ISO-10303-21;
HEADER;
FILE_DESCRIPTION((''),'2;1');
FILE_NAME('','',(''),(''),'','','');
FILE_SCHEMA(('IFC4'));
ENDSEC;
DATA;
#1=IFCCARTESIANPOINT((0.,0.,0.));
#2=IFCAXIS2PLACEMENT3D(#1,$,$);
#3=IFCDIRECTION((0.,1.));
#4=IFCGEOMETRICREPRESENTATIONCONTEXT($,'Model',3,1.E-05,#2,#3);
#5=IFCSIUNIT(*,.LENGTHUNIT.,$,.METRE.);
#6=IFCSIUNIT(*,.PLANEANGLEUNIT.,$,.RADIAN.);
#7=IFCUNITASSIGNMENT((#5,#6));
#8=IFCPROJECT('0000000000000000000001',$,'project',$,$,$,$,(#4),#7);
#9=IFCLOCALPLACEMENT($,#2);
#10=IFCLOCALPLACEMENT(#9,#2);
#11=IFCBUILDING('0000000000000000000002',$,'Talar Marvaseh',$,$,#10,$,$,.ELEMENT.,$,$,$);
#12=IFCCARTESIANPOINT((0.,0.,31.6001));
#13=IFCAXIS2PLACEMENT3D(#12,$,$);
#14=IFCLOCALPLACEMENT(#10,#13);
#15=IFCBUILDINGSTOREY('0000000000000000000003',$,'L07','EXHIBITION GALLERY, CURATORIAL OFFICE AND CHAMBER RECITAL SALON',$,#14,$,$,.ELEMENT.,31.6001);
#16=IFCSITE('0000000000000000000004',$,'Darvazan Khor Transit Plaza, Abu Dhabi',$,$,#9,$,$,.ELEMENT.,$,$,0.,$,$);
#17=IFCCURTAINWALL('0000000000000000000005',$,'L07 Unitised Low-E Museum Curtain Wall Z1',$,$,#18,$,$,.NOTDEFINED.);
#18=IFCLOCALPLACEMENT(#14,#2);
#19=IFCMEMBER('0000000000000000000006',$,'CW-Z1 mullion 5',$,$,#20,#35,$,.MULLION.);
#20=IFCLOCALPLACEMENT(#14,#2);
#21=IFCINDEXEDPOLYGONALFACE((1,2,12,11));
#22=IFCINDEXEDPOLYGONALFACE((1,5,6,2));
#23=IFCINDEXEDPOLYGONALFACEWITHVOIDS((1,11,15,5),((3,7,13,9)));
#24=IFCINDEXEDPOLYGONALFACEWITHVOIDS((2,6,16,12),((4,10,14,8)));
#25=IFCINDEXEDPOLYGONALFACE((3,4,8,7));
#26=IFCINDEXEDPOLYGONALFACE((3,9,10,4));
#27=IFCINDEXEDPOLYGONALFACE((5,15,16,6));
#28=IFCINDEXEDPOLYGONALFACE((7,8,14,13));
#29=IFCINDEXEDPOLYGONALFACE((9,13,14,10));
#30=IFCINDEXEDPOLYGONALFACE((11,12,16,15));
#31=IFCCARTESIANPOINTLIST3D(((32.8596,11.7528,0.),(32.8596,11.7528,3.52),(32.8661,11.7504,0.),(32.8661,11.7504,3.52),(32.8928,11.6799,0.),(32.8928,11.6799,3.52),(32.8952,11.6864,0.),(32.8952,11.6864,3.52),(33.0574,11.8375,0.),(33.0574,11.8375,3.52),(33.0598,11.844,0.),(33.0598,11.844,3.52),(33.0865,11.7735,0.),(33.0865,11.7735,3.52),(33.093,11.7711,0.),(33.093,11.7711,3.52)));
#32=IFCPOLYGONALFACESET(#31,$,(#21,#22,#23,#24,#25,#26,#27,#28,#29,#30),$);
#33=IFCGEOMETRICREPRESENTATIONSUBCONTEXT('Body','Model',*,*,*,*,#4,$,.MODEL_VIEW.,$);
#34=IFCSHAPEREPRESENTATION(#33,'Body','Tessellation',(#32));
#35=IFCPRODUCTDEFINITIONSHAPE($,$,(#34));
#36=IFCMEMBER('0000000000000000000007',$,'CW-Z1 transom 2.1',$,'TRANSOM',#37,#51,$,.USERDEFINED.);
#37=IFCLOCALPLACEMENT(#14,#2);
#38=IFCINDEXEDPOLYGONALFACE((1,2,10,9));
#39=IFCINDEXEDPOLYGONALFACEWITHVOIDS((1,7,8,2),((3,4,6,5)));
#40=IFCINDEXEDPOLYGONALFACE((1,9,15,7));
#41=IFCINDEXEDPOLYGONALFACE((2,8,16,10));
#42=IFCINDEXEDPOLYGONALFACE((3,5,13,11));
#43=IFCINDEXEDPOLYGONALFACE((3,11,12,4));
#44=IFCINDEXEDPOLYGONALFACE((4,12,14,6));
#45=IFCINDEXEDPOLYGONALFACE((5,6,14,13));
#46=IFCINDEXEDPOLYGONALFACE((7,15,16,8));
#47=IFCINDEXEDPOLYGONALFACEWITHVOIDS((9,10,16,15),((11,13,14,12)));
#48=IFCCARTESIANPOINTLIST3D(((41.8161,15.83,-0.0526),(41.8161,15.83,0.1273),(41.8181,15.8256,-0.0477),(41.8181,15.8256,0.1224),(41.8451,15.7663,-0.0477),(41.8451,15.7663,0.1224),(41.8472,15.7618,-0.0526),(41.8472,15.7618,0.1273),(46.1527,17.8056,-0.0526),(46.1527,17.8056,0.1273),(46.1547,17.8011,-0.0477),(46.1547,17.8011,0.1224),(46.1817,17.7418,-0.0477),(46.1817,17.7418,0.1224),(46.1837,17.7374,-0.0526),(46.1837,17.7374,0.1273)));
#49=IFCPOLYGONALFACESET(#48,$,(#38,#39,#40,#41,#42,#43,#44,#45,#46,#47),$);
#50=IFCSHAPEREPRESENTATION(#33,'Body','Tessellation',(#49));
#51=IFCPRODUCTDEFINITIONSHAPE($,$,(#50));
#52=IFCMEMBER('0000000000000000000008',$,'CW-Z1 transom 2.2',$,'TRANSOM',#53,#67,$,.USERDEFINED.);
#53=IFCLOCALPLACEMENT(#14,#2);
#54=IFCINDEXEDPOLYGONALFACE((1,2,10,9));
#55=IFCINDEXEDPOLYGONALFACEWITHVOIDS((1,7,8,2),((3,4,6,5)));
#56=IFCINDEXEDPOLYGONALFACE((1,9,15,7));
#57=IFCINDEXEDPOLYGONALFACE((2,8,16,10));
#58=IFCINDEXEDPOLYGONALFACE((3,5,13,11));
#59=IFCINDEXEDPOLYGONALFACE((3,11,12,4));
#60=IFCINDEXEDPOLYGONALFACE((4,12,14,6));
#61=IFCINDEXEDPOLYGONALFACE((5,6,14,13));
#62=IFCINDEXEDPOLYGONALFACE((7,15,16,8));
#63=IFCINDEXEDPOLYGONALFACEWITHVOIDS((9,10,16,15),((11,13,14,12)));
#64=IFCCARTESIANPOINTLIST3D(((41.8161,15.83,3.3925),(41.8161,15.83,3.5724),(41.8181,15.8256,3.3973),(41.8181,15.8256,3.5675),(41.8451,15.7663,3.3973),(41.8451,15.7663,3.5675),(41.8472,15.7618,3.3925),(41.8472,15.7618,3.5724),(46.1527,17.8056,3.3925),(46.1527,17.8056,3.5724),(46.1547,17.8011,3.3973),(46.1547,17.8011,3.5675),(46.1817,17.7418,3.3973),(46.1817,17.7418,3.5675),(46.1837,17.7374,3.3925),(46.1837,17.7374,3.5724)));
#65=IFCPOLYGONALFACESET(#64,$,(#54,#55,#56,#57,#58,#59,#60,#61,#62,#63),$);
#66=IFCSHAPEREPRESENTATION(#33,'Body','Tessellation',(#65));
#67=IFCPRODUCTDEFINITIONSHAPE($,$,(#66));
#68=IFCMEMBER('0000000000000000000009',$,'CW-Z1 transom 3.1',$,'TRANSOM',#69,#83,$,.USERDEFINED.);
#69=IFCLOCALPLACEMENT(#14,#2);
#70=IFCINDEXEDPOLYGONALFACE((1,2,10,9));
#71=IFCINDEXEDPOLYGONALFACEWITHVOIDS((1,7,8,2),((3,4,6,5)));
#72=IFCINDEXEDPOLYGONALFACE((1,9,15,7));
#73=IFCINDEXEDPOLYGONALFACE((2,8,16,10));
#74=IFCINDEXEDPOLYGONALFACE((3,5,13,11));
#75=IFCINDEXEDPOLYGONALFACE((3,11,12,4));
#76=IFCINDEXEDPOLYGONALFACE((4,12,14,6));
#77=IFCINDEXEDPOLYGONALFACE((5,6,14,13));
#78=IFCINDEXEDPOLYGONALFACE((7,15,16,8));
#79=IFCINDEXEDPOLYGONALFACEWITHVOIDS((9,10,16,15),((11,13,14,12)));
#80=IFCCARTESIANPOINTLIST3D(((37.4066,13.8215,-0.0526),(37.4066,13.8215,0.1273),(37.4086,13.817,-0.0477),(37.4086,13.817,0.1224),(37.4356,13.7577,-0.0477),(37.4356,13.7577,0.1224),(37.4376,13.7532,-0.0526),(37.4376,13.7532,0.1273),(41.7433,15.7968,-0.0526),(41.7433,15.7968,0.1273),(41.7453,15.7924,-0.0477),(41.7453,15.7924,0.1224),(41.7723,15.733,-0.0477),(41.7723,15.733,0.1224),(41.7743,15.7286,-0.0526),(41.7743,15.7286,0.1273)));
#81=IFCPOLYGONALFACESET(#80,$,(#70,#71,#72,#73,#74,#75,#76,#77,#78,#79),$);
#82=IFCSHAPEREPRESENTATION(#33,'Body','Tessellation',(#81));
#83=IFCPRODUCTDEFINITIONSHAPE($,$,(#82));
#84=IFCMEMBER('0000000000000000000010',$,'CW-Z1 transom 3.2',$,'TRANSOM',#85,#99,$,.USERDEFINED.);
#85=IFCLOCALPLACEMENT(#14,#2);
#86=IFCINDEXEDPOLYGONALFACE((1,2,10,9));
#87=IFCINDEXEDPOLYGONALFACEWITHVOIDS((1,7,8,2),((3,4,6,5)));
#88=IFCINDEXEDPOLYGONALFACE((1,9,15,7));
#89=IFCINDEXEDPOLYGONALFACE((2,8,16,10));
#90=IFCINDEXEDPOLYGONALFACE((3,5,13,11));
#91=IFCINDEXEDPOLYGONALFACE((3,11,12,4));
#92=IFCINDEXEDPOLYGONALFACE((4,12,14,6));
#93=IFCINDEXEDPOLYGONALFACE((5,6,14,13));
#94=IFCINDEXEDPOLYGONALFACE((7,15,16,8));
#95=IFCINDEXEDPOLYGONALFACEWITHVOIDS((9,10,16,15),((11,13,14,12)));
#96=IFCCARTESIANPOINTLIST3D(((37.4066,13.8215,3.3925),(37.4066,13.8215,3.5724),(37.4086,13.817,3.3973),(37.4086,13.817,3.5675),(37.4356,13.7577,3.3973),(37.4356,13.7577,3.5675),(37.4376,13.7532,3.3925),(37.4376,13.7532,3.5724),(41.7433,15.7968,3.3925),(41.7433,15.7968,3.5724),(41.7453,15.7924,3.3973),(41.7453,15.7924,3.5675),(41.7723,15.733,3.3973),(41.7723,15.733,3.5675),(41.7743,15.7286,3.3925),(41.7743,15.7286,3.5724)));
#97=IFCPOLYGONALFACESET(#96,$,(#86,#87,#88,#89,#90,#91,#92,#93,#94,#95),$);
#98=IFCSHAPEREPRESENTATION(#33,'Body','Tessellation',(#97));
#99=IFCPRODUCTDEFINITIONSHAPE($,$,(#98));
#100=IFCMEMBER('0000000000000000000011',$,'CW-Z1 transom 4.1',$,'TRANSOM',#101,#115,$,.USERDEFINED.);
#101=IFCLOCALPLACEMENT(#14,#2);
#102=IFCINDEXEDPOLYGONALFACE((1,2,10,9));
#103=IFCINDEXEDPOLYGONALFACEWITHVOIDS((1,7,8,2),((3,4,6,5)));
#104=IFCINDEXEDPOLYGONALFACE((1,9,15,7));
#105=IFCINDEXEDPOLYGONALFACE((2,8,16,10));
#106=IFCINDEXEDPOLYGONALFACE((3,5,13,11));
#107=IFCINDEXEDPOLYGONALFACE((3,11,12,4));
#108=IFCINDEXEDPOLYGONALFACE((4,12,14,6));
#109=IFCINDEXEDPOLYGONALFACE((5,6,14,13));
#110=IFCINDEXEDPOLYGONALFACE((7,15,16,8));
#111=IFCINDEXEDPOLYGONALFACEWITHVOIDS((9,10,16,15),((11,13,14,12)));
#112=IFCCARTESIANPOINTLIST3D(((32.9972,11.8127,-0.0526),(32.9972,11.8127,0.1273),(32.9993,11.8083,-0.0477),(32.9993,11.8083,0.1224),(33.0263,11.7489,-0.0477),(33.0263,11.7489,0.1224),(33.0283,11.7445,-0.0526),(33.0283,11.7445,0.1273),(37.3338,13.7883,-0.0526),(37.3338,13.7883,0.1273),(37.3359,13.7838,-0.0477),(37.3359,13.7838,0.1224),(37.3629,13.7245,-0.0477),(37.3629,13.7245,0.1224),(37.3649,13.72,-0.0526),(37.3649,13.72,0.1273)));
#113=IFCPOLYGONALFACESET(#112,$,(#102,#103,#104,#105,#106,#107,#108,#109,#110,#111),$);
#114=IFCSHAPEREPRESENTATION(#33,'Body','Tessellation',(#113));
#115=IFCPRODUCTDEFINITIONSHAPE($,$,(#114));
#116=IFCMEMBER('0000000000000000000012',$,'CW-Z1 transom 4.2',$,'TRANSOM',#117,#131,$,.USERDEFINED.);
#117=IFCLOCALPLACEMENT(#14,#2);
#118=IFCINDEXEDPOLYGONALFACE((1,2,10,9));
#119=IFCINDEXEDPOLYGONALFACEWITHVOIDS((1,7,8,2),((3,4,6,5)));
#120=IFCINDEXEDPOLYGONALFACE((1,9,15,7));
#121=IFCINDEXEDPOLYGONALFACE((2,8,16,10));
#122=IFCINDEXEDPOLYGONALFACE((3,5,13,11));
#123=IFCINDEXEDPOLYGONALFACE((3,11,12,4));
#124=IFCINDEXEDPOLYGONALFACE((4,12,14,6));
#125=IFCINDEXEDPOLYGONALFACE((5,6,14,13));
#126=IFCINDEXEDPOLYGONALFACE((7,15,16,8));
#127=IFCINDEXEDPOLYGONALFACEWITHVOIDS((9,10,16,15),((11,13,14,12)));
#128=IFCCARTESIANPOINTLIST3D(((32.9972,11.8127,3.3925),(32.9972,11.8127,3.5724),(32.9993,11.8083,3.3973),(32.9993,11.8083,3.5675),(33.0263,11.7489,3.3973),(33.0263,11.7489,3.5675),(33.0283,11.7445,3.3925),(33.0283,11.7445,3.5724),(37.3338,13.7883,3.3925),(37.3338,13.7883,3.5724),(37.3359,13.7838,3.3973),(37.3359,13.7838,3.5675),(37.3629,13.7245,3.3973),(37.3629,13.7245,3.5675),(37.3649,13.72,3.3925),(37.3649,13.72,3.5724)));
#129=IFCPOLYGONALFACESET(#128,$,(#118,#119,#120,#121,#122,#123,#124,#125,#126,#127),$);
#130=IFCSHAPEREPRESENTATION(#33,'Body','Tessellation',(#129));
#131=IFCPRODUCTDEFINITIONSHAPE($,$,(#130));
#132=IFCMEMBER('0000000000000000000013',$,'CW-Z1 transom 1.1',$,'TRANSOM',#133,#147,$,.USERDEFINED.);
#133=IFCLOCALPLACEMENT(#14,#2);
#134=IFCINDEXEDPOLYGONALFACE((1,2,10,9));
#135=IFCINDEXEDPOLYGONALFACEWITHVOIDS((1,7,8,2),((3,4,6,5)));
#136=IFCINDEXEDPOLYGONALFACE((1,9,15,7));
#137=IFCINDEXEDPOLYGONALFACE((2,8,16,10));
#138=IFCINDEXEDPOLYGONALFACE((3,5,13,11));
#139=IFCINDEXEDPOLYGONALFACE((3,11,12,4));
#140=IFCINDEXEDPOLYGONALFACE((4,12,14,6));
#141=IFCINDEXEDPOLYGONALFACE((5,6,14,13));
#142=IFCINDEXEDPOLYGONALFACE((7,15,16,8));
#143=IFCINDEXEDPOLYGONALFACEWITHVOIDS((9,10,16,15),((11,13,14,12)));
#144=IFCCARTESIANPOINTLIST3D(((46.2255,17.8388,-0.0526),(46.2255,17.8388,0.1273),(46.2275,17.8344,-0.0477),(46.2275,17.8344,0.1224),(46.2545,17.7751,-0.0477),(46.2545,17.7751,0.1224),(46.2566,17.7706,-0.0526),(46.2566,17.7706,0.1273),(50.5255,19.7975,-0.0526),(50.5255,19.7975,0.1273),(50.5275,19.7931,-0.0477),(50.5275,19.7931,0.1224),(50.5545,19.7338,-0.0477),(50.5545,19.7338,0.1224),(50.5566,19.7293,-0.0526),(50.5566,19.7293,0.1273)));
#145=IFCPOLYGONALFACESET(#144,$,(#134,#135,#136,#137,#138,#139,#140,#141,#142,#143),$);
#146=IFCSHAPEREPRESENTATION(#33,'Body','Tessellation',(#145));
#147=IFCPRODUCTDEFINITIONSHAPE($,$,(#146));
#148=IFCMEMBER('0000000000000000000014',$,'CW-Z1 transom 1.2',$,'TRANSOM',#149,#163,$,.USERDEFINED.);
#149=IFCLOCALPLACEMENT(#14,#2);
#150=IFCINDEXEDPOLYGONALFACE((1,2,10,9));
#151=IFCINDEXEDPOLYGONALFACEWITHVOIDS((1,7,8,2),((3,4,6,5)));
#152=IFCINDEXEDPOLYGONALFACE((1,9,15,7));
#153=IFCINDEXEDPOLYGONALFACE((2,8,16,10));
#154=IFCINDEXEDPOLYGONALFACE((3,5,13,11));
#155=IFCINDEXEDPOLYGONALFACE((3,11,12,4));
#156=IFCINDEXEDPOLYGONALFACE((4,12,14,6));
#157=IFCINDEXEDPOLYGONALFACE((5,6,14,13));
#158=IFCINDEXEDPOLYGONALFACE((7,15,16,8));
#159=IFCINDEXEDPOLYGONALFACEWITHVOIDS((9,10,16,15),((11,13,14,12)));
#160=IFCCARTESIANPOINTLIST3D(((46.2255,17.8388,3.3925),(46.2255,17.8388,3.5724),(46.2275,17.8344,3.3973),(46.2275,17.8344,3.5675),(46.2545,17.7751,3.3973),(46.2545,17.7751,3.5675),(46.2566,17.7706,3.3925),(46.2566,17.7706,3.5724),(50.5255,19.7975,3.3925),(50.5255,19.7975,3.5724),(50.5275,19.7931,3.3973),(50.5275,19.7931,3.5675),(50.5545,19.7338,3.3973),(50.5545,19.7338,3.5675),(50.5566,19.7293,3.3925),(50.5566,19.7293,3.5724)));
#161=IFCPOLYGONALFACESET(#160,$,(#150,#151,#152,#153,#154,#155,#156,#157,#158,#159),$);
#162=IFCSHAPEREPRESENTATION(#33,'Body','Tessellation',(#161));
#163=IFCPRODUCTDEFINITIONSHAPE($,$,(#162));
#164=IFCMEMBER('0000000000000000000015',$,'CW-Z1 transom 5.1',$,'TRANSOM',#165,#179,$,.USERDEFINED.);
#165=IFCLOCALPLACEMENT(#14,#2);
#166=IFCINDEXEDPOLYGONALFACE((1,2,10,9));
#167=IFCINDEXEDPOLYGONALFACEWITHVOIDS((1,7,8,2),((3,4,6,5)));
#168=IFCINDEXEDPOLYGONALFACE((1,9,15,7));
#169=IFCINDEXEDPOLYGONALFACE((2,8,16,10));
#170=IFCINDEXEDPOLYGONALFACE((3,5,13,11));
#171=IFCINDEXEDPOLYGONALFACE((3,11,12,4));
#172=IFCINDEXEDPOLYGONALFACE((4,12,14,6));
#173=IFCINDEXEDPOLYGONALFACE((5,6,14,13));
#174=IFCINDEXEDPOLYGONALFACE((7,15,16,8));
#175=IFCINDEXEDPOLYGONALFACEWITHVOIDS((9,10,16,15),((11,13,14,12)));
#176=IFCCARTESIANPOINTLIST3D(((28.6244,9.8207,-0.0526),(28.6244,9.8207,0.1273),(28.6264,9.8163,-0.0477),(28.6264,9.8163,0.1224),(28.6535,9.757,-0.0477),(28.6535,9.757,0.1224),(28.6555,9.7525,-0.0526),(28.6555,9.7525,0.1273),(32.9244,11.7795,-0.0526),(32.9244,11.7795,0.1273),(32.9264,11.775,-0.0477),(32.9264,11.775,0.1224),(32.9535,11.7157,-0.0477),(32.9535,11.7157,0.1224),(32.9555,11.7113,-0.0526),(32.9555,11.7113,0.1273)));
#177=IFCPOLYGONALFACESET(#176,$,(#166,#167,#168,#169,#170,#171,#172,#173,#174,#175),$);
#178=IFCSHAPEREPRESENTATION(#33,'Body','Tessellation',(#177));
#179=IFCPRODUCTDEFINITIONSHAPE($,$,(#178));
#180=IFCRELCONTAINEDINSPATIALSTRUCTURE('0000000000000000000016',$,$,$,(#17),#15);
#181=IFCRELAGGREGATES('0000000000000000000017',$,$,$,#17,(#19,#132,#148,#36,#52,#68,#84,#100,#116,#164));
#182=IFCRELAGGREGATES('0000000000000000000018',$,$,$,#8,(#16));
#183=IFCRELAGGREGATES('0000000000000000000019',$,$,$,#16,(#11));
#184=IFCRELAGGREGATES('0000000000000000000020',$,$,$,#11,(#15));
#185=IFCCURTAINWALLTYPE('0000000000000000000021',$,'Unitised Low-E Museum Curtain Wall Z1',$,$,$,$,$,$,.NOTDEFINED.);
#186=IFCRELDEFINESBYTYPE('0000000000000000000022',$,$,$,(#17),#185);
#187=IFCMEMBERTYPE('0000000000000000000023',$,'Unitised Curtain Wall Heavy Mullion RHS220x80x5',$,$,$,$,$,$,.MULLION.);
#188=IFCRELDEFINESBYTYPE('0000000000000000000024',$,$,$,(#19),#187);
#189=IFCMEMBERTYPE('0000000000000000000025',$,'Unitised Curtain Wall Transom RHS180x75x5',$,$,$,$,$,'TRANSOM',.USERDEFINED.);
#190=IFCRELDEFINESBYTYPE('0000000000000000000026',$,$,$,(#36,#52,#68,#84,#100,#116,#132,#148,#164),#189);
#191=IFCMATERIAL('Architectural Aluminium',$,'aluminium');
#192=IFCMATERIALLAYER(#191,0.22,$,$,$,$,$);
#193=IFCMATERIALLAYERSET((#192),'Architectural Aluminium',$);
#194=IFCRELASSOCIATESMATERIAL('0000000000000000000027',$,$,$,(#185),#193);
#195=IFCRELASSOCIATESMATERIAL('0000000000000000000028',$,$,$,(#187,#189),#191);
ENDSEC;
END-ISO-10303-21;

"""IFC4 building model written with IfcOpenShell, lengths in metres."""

from ifc_helpers import new_model, si_unit, direction, frame, origin, origin_2d, place, context, subcontext, project, spatial, hollow_rectangle, extrude, source, transform, mapped, material, layer, layer_set, material_profile, profile_set, type_object, type_shapes, element, aggregate, save


model = new_model("IFC4")

# Units and contexts
model_context = context("Model", 3, precision=1e-05, world=origin(), true_north=direction((0.0, 1.0)))
body_context = subcontext(model_context, "Body", "Model", "MODEL_VIEW")
ifc_project = project(units=[si_unit("LENGTHUNIT", "METRE"), si_unit("PLANEANGLEUNIT", "RADIAN")], contexts=[model_context])

# Site, building, storey
site_placement = place(None, origin())
site = spatial("IfcSite", under=ifc_project, at=site_placement, Name="Darvazan Khor Transit Plaza, Abu Dhabi", CompositionType="ELEMENT", RefElevation=0.0)
building_placement = place(site_placement, origin())
building = spatial("IfcBuilding", under=site, at=building_placement, Name="Talar Marvaseh", CompositionType="ELEMENT")
storey_placement = place(building_placement, frame((0.0, 0.0, 31.6001)))
storey = spatial("IfcBuildingStorey", under=building, at=storey_placement, Name="L07", Description="EXHIBITION GALLERY, CURATORIAL OFFICE AND CHAMBER RECITAL SALON", CompositionType="ELEMENT", Elevation=31.6001)

# Curtain wall, members
ifc_material_1 = material(Name="Architectural Aluminium", Category="aluminium")
ifc_layer_1 = layer(ifc_material_1, 0.22)
ifc_layer_set_1 = layer_set([ifc_layer_1], Name="Architectural Aluminium")
curtain_wall_type = type_object("IfcCurtainWallType", Name="Unitised Low-E Museum Curtain Wall Z1", PredefinedType="NOTDEFINED", material=ifc_layer_set_1)
curtain_wall_placement = place(storey_placement, origin())
curtain_wall = element("IfcCurtainWall", 1, at=curtain_wall_placement, inside=storey, type_object=curtain_wall_type, Name="L07 Unitised Low-E Museum Curtain Wall Z1", PredefinedType="NOTDEFINED")
ifc_material_profile_1 = material_profile(ifc_material_1, hollow_rectangle(XDim=0.0801, YDim=0.22, WallThickness=0.0049, at=origin_2d()), Name="RHS220x80x5")
ifc_profile_set_1 = profile_set([ifc_material_profile_1], Name="Architectural Aluminium")
member_type_1 = type_object("IfcMemberType", Name="Unitised Curtain Wall Heavy Mullion RHS220x80x5", PredefinedType="MULLION", material=ifc_profile_set_1)
shared_shape_1 = source(origin(), body_context, "Body", "SweptSolid", [
    extrude(hollow_rectangle(XDim=0.0801, YDim=0.22, WallThickness=0.0049, at=origin_2d()), origin(), (0.0, 0.0, 1.0), 3.52),
])
type_shapes(member_type_1, [shared_shape_1])
member_1_placement = place(storey_placement, frame((32.9763, 11.762, 0.0), z_axis=(0.0, 0.0, 1.0), x_axis=(0.414555, -0.910024, 0.0)))
member_1 = element("IfcMember", 2, at=member_1_placement, type_object=member_type_1, Name="CW-Z1 mullion 5", PredefinedType="MULLION", context=body_context, shape_type="MappedRepresentation", body=[
    mapped(shared_shape_1, transform((0.0, 0.0, 0.0), x_axis=(1.0, 0.0, 0.0), y_axis=(0.0, 1.0, 0.0), z_axis=(0.0, 0.0, 1.0), scale=1.0)),
])
ifc_material_profile_2 = material_profile(ifc_material_1, hollow_rectangle(XDim=0.075, YDim=0.1799, WallThickness=0.0049, at=origin_2d()), Name="RHS180x75x5")
ifc_profile_set_2 = profile_set([ifc_material_profile_2], Name="Architectural Aluminium")
member_type_2 = type_object("IfcMemberType", Name="Unitised Curtain Wall Transom RHS180x75x5", ElementType="TRANSOM", PredefinedType="USERDEFINED", material=ifc_profile_set_2)
shared_shape_2 = source(origin(), body_context, "Body", "SweptSolid", [
    extrude(hollow_rectangle(XDim=0.075, YDim=0.1799, WallThickness=0.0049, at=origin_2d()), origin(), (0.0, 0.0, 1.0), 4.7654),
])
member_2_placement = place(storey_placement, frame((46.1682, 17.7715, 0.0374), z_axis=(-0.910021, -0.414563, 0.0), x_axis=(0.414563, -0.910021, 0.0)))
member_2 = element("IfcMember", 3, at=member_2_placement, type_object=member_type_2, Name="CW-Z1 transom 2.1", ObjectType="TRANSOM", PredefinedType="USERDEFINED", context=body_context, shape_type="MappedRepresentation", body=[
    mapped(shared_shape_2, transform((0.0, 0.0, 0.0), x_axis=(1.0, 0.0, 0.0), y_axis=(0.0, 1.0, 0.0), z_axis=(0.0, 0.0, 1.0), scale=1.0)),
])
member_3_placement = place(storey_placement, frame((46.1682, 17.7715, 3.4824), z_axis=(-0.910021, -0.414563, 0.0), x_axis=(0.414563, -0.910021, 0.0)))
member_3 = element("IfcMember", 4, at=member_3_placement, type_object=member_type_2, Name="CW-Z1 transom 2.2", ObjectType="TRANSOM", PredefinedType="USERDEFINED", context=body_context, shape_type="MappedRepresentation", body=[
    mapped(shared_shape_2, transform((0.0, 0.0, 0.0), x_axis=(1.0, 0.0, 0.0), y_axis=(0.0, 1.0, 0.0), z_axis=(0.0, 0.0, 1.0), scale=1.0)),
])
member_4_placement = place(storey_placement, frame((41.7588, 15.7627, 0.0374), z_axis=(-0.91004, -0.414521, 0.0), x_axis=(0.414521, -0.91004, 0.0)))
member_4 = element("IfcMember", 5, at=member_4_placement, type_object=member_type_2, Name="CW-Z1 transom 3.1", ObjectType="TRANSOM", PredefinedType="USERDEFINED", context=body_context, shape_type="MappedRepresentation", body=[
    mapped(shared_shape_2, transform((0.0, 0.0, 0.0), x_axis=(1.0, 0.0, 0.0), y_axis=(0.0, 1.0, 0.0), z_axis=(0.0, 0.0, 1.0), scale=1.0)),
])
member_5_placement = place(storey_placement, frame((41.7588, 15.7627, 3.4824), z_axis=(-0.91004, -0.414521, 0.0), x_axis=(0.414521, -0.91004, 0.0)))
member_5 = element("IfcMember", 6, at=member_5_placement, type_object=member_type_2, Name="CW-Z1 transom 3.2", ObjectType="TRANSOM", PredefinedType="USERDEFINED", context=body_context, shape_type="MappedRepresentation", body=[
    mapped(shared_shape_2, transform((0.0, 0.0, 0.0), x_axis=(1.0, 0.0, 0.0), y_axis=(0.0, 1.0, 0.0), z_axis=(0.0, 0.0, 1.0), scale=1.0)),
])
member_6_placement = place(storey_placement, frame((37.3494, 13.7542, 0.0374), z_axis=(-0.910021, -0.414563, 0.0), x_axis=(0.414563, -0.910021, 0.0)))
member_6 = element("IfcMember", 7, at=member_6_placement, type_object=member_type_2, Name="CW-Z1 transom 4.1", ObjectType="TRANSOM", PredefinedType="USERDEFINED", context=body_context, shape_type="MappedRepresentation", body=[
    mapped(shared_shape_2, transform((0.0, 0.0, 0.0), x_axis=(1.0, 0.0, 0.0), y_axis=(0.0, 1.0, 0.0), z_axis=(0.0, 0.0, 1.0), scale=1.0)),
])
member_7_placement = place(storey_placement, frame((37.3494, 13.7542, 3.4824), z_axis=(-0.910021, -0.414563, 0.0), x_axis=(0.414563, -0.910021, 0.0)))
member_7 = element("IfcMember", 8, at=member_7_placement, type_object=member_type_2, Name="CW-Z1 transom 4.2", ObjectType="TRANSOM", PredefinedType="USERDEFINED", context=body_context, shape_type="MappedRepresentation", body=[
    mapped(shared_shape_2, transform((0.0, 0.0, 0.0), x_axis=(1.0, 0.0, 0.0), y_axis=(0.0, 1.0, 0.0), z_axis=(0.0, 0.0, 1.0), scale=1.0)),
])
shared_shape_3 = source(origin(), body_context, "Body", "SweptSolid", [
    extrude(hollow_rectangle(XDim=0.075, YDim=0.1799, WallThickness=0.0049, at=origin_2d()), origin(), (0.0, 0.0, 1.0), 4.7251),
])
type_shapes(member_type_2, [shared_shape_2, shared_shape_3])
member_8_placement = place(storey_placement, frame((50.541, 19.7634, 0.0374), z_axis=(-0.910034, -0.414535, 0.0), x_axis=(0.414535, -0.910034, 0.0)))
member_8 = element("IfcMember", 9, at=member_8_placement, type_object=member_type_2, Name="CW-Z1 transom 1.1", ObjectType="TRANSOM", PredefinedType="USERDEFINED", context=body_context, shape_type="MappedRepresentation", body=[
    mapped(shared_shape_3, transform((0.0, 0.0, 0.0), x_axis=(1.0, 0.0, 0.0), y_axis=(0.0, 1.0, 0.0), z_axis=(0.0, 0.0, 1.0), scale=1.0)),
])
member_9_placement = place(storey_placement, frame((50.541, 19.7634, 3.4824), z_axis=(-0.910034, -0.414535, 0.0), x_axis=(0.414535, -0.910034, 0.0)))
member_9 = element("IfcMember", 10, at=member_9_placement, type_object=member_type_2, Name="CW-Z1 transom 1.2", ObjectType="TRANSOM", PredefinedType="USERDEFINED", context=body_context, shape_type="MappedRepresentation", body=[
    mapped(shared_shape_3, transform((0.0, 0.0, 0.0), x_axis=(1.0, 0.0, 0.0), y_axis=(0.0, 1.0, 0.0), z_axis=(0.0, 0.0, 1.0), scale=1.0)),
])
member_10_placement = place(storey_placement, frame((32.9399, 11.7454, 0.0374), z_axis=(-0.910034, -0.414535, 0.0), x_axis=(0.414535, -0.910034, 0.0)))
member_10 = element("IfcMember", 11, at=member_10_placement, type_object=member_type_2, Name="CW-Z1 transom 5.1", ObjectType="TRANSOM", PredefinedType="USERDEFINED", context=body_context, shape_type="MappedRepresentation", body=[
    mapped(shared_shape_3, transform((0.0, 0.0, 0.0), x_axis=(1.0, 0.0, 0.0), y_axis=(0.0, 1.0, 0.0), z_axis=(0.0, 0.0, 1.0), scale=1.0)),
])
aggregate(curtain_wall, [member_1, member_8, member_9, member_2, member_3, member_4, member_5, member_6, member_7, member_10])

save(model, "model.ifc")
